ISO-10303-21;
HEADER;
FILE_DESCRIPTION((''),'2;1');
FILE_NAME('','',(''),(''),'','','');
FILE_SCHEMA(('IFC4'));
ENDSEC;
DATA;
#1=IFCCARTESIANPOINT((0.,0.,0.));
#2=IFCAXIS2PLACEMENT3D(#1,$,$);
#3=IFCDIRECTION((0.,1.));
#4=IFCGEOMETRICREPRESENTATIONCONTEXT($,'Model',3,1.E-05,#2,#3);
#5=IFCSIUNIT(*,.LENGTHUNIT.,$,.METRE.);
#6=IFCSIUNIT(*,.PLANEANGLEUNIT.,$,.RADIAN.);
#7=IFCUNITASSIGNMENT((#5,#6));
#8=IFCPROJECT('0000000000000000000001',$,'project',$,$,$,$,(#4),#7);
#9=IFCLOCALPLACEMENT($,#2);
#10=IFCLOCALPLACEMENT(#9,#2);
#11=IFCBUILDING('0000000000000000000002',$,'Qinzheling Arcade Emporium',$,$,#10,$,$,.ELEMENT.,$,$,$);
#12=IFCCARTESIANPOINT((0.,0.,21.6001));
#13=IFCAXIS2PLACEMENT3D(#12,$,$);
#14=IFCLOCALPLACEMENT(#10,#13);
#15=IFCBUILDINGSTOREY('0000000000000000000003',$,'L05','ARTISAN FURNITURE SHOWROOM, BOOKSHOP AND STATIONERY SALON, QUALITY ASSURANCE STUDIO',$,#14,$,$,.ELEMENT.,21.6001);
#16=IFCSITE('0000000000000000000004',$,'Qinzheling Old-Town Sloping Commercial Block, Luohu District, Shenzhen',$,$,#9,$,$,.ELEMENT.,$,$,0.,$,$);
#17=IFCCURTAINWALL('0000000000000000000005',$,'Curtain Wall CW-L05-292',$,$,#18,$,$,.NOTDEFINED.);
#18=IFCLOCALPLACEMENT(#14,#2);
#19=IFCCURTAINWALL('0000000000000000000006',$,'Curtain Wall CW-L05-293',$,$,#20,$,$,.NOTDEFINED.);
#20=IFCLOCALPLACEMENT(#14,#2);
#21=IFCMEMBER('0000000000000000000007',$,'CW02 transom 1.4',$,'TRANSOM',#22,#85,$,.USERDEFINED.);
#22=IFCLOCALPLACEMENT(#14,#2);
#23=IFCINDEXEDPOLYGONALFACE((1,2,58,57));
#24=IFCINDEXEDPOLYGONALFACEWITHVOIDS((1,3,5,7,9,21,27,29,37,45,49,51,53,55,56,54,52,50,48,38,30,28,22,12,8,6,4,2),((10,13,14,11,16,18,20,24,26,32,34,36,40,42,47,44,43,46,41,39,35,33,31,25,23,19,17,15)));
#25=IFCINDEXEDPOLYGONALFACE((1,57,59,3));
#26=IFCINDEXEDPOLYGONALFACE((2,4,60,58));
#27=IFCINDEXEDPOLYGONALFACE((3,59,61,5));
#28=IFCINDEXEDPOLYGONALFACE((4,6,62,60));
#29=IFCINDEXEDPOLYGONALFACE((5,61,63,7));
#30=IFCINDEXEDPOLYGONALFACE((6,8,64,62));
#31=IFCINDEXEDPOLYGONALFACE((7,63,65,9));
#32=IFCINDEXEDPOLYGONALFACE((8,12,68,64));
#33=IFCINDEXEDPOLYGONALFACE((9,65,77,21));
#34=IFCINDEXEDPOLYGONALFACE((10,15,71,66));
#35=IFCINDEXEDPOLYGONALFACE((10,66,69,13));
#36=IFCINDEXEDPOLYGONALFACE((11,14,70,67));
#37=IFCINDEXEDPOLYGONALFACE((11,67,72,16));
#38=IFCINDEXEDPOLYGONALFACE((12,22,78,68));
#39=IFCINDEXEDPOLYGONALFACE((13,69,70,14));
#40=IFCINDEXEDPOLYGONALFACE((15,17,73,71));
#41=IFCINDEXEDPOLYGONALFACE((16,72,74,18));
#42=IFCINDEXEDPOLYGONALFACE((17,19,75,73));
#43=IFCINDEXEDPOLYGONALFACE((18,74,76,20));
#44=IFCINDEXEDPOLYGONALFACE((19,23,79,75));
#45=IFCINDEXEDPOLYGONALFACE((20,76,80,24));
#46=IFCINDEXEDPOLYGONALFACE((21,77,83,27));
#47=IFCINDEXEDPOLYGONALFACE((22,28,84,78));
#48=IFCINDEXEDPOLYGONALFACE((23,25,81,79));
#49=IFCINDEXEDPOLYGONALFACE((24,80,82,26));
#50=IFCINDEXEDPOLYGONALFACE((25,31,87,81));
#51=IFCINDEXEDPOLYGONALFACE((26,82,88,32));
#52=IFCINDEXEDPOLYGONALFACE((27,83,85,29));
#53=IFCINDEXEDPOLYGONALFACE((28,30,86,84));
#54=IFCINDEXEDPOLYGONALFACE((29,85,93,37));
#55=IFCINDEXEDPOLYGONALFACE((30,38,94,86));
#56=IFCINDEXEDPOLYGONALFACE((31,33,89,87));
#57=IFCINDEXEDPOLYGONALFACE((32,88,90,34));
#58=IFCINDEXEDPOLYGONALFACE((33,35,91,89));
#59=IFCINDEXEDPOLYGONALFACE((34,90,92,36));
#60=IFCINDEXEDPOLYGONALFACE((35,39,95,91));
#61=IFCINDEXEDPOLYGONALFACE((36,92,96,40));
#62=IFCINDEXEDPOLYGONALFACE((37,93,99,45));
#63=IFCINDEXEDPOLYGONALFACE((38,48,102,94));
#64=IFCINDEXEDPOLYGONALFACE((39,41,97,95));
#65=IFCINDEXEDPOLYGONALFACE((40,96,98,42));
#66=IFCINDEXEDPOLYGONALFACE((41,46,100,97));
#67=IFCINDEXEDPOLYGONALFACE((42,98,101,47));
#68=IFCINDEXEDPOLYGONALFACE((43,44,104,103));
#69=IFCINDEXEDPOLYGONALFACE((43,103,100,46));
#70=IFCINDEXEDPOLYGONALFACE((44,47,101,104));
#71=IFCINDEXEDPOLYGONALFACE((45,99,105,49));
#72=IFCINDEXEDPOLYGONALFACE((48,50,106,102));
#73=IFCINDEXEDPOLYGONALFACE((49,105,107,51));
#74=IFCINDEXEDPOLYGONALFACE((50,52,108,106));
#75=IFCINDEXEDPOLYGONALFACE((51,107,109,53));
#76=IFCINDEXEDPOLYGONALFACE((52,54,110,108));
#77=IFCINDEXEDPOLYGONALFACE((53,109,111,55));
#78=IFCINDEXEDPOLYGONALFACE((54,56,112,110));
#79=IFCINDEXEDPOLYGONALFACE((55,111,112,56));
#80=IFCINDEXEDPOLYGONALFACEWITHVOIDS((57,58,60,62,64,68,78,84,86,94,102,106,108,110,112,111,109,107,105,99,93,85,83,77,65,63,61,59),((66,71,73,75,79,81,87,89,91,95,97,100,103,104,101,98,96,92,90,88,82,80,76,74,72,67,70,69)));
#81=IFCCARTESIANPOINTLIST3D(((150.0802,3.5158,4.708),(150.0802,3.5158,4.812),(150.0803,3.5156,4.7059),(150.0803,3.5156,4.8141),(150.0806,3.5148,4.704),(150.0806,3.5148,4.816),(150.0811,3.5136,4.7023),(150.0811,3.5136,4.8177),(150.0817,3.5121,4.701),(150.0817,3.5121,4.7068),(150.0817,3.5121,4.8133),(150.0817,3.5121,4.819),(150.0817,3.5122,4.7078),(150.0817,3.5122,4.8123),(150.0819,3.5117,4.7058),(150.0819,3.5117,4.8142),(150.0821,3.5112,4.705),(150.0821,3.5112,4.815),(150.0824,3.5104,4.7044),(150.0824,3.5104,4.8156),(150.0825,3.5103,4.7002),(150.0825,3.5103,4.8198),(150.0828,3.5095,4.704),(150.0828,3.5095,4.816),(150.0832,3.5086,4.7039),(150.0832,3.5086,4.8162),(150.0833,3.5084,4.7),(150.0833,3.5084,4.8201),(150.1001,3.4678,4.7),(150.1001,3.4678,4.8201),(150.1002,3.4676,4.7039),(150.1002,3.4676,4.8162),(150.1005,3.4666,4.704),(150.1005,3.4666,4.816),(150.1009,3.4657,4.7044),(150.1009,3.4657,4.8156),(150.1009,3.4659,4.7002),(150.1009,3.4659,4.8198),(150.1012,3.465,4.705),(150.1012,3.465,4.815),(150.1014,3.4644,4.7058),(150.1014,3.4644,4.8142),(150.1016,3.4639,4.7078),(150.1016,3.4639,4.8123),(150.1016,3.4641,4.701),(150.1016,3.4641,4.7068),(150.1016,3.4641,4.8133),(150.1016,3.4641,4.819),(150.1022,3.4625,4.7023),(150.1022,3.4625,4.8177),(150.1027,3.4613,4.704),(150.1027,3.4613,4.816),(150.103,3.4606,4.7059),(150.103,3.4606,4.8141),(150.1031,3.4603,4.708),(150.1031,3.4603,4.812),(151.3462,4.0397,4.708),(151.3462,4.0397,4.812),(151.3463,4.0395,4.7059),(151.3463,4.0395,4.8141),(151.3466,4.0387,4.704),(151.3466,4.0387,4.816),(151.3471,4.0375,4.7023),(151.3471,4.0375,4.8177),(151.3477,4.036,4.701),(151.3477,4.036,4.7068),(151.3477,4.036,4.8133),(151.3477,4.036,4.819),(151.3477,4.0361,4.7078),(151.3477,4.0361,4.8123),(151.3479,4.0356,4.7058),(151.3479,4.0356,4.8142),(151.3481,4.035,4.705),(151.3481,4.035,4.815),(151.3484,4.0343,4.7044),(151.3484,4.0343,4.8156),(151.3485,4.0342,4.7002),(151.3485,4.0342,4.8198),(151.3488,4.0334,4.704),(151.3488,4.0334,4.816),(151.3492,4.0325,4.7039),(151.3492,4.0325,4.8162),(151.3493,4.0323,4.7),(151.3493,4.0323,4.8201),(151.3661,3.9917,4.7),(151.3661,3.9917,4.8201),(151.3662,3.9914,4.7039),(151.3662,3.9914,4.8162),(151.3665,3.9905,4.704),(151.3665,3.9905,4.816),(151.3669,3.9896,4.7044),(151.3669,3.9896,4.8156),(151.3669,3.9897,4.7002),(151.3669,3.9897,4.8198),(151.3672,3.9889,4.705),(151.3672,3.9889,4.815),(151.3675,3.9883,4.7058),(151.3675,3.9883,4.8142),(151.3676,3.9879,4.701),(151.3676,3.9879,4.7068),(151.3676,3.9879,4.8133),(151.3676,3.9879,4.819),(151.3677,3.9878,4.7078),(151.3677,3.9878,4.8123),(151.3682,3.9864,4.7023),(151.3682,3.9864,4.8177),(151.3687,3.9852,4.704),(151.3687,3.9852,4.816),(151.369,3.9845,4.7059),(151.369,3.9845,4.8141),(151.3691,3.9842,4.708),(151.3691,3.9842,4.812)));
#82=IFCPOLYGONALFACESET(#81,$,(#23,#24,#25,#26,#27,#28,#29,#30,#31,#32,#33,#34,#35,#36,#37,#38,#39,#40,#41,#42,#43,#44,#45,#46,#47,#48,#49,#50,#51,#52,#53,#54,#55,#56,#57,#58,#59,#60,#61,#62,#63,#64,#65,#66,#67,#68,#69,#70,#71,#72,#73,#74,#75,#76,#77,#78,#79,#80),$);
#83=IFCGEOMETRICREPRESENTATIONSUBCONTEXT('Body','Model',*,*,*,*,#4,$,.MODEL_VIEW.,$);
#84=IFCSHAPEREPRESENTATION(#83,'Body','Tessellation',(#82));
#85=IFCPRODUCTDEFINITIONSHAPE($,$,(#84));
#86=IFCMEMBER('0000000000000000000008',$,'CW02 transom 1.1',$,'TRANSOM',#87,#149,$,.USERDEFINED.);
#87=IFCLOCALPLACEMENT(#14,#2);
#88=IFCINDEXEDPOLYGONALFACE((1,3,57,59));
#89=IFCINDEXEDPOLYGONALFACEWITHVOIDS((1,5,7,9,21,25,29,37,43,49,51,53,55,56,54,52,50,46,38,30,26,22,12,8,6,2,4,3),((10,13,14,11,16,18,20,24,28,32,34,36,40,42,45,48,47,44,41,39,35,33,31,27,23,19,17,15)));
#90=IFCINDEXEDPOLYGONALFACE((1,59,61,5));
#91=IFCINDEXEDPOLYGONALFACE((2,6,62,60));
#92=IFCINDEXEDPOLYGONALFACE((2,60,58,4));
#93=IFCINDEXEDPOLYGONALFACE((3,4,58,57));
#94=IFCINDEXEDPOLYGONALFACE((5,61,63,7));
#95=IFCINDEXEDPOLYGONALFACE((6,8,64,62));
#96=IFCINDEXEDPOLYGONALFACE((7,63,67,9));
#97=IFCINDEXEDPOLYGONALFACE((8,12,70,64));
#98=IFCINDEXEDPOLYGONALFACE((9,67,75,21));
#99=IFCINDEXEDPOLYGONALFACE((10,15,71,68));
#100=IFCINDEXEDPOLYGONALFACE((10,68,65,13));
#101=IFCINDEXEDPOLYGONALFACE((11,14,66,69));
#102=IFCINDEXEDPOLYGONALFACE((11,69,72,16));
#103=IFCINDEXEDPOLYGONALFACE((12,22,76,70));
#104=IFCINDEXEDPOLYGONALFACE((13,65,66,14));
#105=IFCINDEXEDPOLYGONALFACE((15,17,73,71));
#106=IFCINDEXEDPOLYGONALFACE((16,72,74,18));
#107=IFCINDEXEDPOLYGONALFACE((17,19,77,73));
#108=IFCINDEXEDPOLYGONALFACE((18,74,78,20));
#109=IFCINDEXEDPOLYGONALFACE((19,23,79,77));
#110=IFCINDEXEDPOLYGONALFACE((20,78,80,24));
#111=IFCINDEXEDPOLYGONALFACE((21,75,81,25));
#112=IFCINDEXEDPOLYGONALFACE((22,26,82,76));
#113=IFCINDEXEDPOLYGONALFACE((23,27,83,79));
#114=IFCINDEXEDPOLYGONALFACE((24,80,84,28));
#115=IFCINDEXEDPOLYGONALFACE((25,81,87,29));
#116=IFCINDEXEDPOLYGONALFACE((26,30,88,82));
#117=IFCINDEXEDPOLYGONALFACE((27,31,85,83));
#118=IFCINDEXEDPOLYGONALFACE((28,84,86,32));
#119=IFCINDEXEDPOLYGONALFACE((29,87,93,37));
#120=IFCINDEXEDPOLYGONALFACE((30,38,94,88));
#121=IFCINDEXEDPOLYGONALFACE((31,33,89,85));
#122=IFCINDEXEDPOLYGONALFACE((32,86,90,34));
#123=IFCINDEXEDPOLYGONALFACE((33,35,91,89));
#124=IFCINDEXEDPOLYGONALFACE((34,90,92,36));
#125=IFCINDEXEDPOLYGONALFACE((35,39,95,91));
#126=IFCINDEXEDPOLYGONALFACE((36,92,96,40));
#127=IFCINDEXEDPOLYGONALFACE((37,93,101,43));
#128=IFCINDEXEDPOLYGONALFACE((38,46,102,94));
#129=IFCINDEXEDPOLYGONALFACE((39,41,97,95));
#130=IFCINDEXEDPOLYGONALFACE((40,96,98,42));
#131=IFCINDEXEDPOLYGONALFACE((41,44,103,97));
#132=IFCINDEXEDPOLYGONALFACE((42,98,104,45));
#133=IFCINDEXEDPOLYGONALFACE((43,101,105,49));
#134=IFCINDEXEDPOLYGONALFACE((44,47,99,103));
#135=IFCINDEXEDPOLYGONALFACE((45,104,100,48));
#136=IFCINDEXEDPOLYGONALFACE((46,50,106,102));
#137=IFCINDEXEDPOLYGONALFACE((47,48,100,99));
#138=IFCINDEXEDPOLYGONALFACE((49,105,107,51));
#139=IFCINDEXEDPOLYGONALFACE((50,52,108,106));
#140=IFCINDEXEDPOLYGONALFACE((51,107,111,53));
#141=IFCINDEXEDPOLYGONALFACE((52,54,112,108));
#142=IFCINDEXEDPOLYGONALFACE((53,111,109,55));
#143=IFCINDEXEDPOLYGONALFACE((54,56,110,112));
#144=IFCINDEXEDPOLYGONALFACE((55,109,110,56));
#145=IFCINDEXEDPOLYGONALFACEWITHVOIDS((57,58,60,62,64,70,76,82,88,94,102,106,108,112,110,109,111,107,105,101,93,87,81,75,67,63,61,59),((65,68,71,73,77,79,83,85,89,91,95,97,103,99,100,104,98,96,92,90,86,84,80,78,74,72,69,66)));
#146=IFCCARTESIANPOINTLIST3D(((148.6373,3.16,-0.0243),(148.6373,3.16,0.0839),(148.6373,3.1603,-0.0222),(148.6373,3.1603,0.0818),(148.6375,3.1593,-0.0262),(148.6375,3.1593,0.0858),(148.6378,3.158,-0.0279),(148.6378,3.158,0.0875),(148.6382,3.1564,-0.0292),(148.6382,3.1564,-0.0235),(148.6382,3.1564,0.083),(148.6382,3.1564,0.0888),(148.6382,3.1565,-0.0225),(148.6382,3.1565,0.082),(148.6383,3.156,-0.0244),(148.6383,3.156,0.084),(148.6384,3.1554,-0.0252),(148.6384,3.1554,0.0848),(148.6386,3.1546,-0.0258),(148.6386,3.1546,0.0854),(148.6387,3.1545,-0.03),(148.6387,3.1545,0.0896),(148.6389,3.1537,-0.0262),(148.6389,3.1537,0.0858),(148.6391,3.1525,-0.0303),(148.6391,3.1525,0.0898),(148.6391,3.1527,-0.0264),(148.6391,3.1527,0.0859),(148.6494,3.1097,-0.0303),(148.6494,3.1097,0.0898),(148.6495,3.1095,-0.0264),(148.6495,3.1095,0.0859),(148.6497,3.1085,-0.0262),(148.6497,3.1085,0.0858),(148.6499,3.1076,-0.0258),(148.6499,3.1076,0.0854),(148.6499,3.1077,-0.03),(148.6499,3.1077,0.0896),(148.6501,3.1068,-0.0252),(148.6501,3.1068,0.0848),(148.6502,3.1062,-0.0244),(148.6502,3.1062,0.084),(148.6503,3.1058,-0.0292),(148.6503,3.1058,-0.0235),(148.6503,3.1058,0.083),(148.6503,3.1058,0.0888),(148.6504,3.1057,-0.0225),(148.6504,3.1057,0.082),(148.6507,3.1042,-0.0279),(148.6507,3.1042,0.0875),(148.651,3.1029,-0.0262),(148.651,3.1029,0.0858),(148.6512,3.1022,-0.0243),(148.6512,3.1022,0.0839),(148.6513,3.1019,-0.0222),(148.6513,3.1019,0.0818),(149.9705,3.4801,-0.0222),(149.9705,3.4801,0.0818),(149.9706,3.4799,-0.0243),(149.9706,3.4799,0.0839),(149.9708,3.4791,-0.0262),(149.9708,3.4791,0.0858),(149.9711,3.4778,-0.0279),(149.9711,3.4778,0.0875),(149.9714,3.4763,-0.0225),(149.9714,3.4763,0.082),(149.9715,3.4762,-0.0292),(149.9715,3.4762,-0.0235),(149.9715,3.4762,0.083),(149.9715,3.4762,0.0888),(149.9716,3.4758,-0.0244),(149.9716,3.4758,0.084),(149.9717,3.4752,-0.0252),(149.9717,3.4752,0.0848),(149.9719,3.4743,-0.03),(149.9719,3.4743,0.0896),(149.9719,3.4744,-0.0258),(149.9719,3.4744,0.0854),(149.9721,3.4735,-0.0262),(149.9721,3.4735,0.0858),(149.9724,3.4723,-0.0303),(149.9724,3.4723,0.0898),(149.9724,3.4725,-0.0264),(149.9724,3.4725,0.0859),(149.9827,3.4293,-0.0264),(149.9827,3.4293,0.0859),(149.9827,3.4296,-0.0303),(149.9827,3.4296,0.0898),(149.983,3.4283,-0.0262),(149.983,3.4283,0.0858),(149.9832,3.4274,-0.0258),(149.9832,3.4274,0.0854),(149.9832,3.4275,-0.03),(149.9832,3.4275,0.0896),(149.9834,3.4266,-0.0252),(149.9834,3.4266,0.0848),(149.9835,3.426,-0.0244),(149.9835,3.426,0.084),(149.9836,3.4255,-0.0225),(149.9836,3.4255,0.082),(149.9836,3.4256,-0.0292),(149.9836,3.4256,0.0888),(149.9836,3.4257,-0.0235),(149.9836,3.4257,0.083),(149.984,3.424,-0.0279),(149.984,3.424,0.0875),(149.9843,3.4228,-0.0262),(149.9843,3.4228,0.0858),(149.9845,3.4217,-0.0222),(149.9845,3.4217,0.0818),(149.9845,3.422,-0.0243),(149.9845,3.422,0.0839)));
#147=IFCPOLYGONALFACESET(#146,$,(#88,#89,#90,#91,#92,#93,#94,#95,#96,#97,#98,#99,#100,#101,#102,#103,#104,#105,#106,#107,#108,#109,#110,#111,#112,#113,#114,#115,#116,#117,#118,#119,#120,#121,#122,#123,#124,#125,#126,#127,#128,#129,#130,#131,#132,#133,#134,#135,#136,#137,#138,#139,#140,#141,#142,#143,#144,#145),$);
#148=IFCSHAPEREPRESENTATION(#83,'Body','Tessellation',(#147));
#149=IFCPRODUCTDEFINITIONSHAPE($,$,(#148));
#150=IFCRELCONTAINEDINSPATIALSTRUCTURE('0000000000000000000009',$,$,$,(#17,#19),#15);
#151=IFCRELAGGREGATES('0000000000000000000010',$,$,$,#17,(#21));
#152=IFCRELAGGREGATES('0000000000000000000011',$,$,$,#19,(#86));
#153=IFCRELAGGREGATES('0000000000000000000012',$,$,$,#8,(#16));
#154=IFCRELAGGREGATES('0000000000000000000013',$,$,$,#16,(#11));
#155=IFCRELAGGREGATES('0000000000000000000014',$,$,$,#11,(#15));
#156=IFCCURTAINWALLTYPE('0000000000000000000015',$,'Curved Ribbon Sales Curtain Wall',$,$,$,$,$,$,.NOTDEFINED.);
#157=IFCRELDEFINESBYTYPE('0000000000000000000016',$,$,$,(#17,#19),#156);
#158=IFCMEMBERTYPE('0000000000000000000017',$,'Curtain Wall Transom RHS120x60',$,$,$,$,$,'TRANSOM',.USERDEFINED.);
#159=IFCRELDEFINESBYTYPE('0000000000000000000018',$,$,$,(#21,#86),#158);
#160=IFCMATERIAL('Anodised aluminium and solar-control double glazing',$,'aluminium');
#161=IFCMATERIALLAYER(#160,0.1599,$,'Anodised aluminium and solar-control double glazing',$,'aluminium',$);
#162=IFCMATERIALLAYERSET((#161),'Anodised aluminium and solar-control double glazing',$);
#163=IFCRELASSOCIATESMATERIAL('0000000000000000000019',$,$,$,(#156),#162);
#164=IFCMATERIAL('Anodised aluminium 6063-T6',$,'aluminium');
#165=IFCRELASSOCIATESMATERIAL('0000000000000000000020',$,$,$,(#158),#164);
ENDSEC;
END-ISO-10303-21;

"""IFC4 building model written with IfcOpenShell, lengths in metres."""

from ifc_helpers import new_model, si_unit, direction, frame, origin, origin_2d, place, context, subcontext, project, spatial, hollow_rectangle, extrude, material, layer, layer_set, material_profile, profile_set, type_object, element, aggregate, save


model = new_model("IFC4")

# Units and contexts
model_context = context("Model", 3, precision=1e-05, world=origin(), true_north=direction((0.0, 1.0)))
body_context = subcontext(model_context, "Body", "Model", "MODEL_VIEW")
ifc_project = project(units=[si_unit("LENGTHUNIT", "METRE"), si_unit("PLANEANGLEUNIT", "RADIAN")], contexts=[model_context])

# Site, building, storey
site_placement = place(None, origin())
site = spatial("IfcSite", under=ifc_project, at=site_placement, Name="Qinzheling Old-Town Sloping Commercial Block, Luohu District, Shenzhen", CompositionType="ELEMENT", RefElevation=0.0)
building_placement = place(site_placement, origin())
building = spatial("IfcBuilding", under=site, at=building_placement, Name="Qinzheling Arcade Emporium", CompositionType="ELEMENT")
storey_placement = place(building_placement, frame((0.0, 0.0, 21.6001)))
storey = spatial("IfcBuildingStorey", under=building, at=storey_placement, Name="L05", Description="ARTISAN FURNITURE SHOWROOM, BOOKSHOP AND STATIONERY SALON, QUALITY ASSURANCE STUDIO", CompositionType="ELEMENT", Elevation=21.6001)

# Shared definitions
ifc_material_1 = material(Name="Anodised aluminium and solar-control double glazing", Category="aluminium")
ifc_layer_1 = layer(ifc_material_1, 0.1599, Name="Anodised aluminium and solar-control double glazing", Category="aluminium")
ifc_layer_set_1 = layer_set([ifc_layer_1], Name="Anodised aluminium and solar-control double glazing")
curtain_wall_type = type_object("IfcCurtainWallType", Name="Curved Ribbon Sales Curtain Wall", PredefinedType="NOTDEFINED", material=ifc_layer_set_1)
ifc_material_2 = material(Name="Anodised aluminium 6063-T6", Category="aluminium")

# Curtain walls
curtain_wall_1_placement = place(storey_placement, origin())
curtain_wall_1 = element("IfcCurtainWall", 1, at=curtain_wall_1_placement, inside=storey, type_object=curtain_wall_type, Name="Curtain Wall CW-L05-292", PredefinedType="NOTDEFINED")
curtain_wall_2_placement = place(storey_placement, origin())
curtain_wall_2 = element("IfcCurtainWall", 2, at=curtain_wall_2_placement, inside=storey, type_object=curtain_wall_type, Name="Curtain Wall CW-L05-293", PredefinedType="NOTDEFINED")

# Members
ifc_material_profile_1 = material_profile(ifc_material_2, hollow_rectangle(XDim=0.0601, YDim=0.1201, WallThickness=0.0039, InnerFilletRadius=0.0039, OuterFilletRadius=0.0081, at=origin_2d()), Name="RHS 120x60x4", Category="aluminium")
ifc_profile_set_1 = profile_set([ifc_material_profile_1], Name="Anodised aluminium 6063-T6")
member_type_1 = type_object("IfcMemberType", Name="Curtain Wall Transom RHS120x60", ElementType="TRANSOM", PredefinedType="USERDEFINED", material=ifc_profile_set_1)
member_1_placement = place(storey_placement, frame((151.3577, 4.012, 4.76), z_axis=(-0.924012, -0.382362, 0.0), x_axis=(0.382362, -0.924012, 0.0)))
member_1 = element("IfcMember", 3, at=member_1_placement, type_object=member_type_1, Name="CW02 transom 1.4", ObjectType="TRANSOM", PredefinedType="USERDEFINED", context=body_context, shape_type="SweptSolid", body=[
    extrude(hollow_rectangle(XDim=0.0601, YDim=0.1201, WallThickness=0.0039, InnerFilletRadius=0.0039, OuterFilletRadius=0.0081, at=origin_2d()), origin(), (0.0, 0.0, 1.0), 1.3701),
])
member_2_placement = place(storey_placement, frame((149.9775, 3.4509, 0.0298), z_axis=(-0.972413, -0.233265, 0.0), x_axis=(0.233265, -0.972413, 0.0)))
member_2 = element("IfcMember", 4, at=member_2_placement, type_object=member_type_1, Name="CW02 transom 1.1", ObjectType="TRANSOM", PredefinedType="USERDEFINED", context=body_context, shape_type="SweptSolid", body=[
    extrude(hollow_rectangle(XDim=0.0601, YDim=0.1201, WallThickness=0.0039, InnerFilletRadius=0.0039, OuterFilletRadius=0.0081, at=origin_2d()), origin(), (0.0, 0.0, 1.0), 1.3711),
])

aggregate(curtain_wall_1, [member_1])
aggregate(curtain_wall_2, [member_2])

save(model, "model.ifc")
